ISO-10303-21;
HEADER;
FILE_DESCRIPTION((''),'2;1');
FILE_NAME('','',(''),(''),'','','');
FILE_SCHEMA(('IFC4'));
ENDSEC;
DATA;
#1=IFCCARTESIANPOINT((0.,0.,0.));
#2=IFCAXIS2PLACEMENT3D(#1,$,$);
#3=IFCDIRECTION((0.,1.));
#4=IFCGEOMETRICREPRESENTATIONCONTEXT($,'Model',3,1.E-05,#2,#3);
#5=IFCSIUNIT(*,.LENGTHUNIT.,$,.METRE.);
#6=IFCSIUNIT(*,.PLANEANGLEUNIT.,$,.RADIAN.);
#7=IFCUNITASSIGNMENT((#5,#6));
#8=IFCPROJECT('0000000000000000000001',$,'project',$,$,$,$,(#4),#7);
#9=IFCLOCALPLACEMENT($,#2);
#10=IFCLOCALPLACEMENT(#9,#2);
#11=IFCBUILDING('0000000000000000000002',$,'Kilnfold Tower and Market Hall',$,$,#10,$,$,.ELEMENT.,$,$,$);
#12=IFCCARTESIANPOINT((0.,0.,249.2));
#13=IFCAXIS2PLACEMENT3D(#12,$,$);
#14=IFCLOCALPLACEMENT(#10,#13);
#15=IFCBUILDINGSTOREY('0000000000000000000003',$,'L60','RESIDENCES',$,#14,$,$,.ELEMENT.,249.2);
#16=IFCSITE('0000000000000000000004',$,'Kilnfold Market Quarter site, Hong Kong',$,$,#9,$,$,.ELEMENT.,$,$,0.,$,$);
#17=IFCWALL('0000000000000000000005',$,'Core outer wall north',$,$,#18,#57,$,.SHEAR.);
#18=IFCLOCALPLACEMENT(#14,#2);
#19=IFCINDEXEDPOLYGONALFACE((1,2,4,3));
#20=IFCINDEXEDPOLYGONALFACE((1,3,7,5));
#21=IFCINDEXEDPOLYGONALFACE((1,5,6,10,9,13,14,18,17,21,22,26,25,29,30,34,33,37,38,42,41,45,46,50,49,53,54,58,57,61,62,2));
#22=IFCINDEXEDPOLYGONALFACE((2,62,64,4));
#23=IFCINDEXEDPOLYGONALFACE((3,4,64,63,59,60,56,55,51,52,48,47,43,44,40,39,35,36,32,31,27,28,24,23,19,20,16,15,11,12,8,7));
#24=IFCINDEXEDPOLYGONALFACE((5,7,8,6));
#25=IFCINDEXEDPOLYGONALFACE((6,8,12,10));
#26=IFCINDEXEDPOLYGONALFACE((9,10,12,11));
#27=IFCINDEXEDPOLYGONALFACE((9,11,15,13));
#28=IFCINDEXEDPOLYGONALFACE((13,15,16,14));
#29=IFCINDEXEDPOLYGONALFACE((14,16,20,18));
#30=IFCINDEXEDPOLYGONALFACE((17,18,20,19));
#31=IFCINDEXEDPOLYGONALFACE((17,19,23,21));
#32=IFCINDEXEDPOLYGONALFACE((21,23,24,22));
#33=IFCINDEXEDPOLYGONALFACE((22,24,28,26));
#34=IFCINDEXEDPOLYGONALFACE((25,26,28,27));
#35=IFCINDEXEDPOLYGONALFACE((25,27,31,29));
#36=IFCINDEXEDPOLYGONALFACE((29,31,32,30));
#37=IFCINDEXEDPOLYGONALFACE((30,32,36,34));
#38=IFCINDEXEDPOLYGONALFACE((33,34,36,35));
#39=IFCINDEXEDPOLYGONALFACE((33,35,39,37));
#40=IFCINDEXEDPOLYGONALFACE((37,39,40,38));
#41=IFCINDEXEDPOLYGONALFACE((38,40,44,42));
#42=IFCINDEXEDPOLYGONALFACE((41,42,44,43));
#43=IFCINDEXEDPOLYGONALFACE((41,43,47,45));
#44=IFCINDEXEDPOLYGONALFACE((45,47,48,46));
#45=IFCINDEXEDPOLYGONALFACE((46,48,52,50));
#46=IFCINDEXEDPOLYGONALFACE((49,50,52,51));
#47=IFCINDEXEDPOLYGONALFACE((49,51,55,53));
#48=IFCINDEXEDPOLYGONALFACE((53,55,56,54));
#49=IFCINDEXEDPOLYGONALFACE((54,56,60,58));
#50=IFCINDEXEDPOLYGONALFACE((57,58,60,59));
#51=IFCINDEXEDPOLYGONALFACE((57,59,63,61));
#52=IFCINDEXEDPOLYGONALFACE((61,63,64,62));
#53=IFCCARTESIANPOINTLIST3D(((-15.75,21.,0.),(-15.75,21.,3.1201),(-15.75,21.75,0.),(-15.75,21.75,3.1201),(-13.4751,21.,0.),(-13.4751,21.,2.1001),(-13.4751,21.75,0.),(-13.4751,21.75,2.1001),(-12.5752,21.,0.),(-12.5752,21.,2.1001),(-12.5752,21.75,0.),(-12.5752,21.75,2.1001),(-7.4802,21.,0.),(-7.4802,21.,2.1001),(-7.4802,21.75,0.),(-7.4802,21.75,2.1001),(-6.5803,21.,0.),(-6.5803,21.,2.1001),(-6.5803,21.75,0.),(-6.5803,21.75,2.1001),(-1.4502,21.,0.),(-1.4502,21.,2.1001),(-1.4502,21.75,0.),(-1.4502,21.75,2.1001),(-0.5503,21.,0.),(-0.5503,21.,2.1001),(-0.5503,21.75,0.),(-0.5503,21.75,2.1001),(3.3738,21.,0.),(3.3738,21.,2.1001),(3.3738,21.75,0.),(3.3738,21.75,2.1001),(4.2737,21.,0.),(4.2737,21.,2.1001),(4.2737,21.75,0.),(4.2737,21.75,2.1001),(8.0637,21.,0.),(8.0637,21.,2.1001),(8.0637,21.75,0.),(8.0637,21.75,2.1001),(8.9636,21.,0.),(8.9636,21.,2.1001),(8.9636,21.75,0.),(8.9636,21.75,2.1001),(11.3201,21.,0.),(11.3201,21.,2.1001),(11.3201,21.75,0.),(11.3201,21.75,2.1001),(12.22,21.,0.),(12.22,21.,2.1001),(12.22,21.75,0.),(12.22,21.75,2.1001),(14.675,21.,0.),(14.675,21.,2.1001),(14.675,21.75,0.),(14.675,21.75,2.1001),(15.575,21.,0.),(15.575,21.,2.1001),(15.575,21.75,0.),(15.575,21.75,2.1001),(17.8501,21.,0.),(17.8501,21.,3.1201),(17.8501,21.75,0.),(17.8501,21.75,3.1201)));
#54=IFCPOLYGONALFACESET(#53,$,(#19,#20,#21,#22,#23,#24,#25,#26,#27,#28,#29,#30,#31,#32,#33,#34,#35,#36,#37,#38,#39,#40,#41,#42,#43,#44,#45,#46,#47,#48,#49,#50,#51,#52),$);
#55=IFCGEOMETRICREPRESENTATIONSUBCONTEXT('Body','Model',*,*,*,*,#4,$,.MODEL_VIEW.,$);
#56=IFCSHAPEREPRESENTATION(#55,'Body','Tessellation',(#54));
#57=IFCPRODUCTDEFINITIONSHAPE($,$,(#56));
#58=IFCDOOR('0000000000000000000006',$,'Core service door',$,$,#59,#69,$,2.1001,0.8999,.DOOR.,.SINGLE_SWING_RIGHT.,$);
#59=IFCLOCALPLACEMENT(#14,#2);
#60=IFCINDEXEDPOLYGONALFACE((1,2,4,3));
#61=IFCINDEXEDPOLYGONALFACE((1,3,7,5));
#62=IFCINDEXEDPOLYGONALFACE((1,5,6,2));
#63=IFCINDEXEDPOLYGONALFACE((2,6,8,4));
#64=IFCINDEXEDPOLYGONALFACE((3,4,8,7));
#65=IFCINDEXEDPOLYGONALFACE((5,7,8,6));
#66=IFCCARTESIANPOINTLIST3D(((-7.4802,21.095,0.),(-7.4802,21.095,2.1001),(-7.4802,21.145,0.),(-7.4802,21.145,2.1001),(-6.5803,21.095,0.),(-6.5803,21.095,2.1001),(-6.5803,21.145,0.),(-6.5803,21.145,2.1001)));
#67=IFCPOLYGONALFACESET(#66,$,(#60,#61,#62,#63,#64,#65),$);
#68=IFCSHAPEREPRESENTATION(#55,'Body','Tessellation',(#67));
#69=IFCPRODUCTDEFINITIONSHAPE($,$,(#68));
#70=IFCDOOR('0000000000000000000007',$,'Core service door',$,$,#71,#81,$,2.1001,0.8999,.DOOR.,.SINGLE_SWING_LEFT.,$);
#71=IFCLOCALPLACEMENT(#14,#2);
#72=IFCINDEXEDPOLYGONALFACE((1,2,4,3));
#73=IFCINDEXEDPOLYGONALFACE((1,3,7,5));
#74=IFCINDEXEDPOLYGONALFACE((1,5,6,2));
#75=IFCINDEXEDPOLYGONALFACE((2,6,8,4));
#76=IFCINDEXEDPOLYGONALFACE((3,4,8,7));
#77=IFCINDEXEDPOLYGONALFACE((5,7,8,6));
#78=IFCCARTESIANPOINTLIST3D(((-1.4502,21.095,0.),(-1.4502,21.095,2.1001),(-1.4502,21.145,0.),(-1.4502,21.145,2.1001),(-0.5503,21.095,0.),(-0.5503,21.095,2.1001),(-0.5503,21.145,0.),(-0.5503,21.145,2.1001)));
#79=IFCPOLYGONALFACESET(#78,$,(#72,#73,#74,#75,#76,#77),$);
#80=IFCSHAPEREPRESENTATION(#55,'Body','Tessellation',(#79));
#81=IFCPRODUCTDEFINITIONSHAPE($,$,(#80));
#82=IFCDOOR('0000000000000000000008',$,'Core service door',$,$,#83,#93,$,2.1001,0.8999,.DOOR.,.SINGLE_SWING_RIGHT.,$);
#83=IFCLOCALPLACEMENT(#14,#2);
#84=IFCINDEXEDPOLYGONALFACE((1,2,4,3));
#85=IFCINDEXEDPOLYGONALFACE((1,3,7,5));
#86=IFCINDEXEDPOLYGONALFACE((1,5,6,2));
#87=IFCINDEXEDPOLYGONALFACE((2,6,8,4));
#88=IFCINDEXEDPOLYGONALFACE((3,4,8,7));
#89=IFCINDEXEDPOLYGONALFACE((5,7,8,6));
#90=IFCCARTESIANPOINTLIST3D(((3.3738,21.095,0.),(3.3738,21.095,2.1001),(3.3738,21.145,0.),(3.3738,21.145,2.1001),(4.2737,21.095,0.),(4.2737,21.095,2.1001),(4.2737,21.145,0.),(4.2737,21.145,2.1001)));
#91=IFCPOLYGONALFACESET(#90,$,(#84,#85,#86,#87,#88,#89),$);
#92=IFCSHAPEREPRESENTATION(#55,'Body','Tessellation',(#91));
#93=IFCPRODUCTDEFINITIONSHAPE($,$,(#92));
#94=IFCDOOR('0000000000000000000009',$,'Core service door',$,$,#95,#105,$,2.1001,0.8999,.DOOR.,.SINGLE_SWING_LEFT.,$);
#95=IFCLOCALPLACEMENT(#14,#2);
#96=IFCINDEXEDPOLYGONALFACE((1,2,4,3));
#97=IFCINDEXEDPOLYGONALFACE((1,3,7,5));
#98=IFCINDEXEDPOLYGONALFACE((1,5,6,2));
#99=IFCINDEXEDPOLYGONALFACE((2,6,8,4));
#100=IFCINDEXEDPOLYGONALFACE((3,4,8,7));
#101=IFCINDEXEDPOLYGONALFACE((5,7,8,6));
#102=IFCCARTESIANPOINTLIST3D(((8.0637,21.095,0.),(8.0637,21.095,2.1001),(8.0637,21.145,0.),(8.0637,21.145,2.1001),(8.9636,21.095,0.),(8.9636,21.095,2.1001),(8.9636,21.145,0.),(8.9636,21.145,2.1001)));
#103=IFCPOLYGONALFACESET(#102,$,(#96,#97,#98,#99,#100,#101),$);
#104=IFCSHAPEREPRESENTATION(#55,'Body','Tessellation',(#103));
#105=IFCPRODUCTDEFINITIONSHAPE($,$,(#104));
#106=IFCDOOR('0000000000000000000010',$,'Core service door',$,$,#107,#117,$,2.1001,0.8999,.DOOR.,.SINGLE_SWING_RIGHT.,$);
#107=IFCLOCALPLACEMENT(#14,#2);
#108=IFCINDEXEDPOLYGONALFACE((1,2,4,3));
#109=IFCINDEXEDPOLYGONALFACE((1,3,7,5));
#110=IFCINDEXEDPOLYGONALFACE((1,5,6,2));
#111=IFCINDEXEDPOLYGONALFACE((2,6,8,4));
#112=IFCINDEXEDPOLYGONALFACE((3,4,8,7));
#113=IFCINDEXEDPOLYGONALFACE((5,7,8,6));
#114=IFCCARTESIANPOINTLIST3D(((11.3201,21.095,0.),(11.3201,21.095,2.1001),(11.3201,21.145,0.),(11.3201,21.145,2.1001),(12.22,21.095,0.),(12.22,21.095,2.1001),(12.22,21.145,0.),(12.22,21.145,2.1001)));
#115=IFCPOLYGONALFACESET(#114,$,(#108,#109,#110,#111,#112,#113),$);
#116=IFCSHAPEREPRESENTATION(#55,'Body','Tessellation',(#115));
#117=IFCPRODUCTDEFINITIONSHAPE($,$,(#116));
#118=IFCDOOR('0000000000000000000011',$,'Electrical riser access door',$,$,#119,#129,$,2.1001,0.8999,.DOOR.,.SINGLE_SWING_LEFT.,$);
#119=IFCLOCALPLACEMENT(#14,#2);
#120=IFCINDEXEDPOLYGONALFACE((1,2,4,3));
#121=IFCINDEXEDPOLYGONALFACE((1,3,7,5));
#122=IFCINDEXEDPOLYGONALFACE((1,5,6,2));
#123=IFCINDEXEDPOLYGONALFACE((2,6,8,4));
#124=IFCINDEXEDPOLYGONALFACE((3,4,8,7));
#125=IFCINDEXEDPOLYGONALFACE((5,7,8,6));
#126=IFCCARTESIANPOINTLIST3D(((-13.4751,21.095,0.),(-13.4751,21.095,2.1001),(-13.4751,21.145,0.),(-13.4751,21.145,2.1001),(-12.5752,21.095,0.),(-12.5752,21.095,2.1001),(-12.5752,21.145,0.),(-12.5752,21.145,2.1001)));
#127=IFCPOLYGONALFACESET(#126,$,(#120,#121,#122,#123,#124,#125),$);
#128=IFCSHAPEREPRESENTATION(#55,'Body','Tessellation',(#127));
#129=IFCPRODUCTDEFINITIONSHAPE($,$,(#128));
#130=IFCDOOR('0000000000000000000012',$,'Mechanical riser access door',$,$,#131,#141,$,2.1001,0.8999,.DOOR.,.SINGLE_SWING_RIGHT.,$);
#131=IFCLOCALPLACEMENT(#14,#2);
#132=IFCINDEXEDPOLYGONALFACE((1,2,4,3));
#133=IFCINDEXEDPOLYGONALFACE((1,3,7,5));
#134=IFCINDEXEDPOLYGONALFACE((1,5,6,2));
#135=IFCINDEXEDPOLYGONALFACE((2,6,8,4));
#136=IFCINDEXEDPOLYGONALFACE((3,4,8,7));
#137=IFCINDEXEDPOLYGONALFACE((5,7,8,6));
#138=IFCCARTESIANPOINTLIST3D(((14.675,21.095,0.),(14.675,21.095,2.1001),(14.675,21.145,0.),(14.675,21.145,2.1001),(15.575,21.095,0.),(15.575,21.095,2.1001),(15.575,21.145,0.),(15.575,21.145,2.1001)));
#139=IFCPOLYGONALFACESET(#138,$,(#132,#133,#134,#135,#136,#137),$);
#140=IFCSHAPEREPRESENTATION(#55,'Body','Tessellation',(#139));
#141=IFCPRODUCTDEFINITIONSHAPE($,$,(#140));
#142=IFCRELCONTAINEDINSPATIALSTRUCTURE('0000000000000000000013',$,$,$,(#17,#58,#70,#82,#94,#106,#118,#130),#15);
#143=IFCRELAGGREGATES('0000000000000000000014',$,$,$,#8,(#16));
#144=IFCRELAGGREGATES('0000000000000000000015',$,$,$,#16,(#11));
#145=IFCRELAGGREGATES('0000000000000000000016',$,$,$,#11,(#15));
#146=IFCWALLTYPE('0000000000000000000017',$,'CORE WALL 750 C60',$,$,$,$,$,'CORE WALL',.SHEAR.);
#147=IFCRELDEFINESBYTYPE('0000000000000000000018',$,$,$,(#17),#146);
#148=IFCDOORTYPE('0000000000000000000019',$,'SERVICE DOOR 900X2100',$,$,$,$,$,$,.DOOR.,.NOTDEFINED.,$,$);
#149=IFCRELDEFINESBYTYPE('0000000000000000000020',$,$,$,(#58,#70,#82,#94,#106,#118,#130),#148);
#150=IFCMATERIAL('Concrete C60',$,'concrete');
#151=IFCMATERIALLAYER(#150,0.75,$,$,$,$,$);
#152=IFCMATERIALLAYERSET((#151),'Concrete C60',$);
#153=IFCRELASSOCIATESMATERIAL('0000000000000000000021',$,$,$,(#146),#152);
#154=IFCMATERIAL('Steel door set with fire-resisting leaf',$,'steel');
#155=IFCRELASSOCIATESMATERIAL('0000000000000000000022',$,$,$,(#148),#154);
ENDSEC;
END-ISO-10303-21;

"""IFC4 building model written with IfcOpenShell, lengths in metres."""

from ifc_helpers import new_model, si_unit, direction, frame, frame_2d, origin, place, context, subcontext, project, spatial, rectangle, extrude, source, transform, mapped, material, layer, layer_set, type_object, element, fill, save


model = new_model("IFC4")

# Units and contexts
model_context = context("Model", 3, precision=1e-05, world=origin(), true_north=direction((0.0, 1.0)))
body_context = subcontext(model_context, "Body", "Model", "MODEL_VIEW")
ifc_project = project(units=[si_unit("LENGTHUNIT", "METRE"), si_unit("PLANEANGLEUNIT", "RADIAN")], contexts=[model_context])

# Site, building, storey
site_placement = place(None, origin())
site = spatial("IfcSite", under=ifc_project, at=site_placement, Name="Kilnfold Market Quarter site, Hong Kong", CompositionType="ELEMENT", RefElevation=0.0)
building_placement = place(site_placement, origin())
building = spatial("IfcBuilding", under=site, at=building_placement, Name="Kilnfold Tower and Market Hall", CompositionType="ELEMENT")
storey_placement = place(building_placement, frame((0.0, 0.0, 249.2)))
storey = spatial("IfcBuildingStorey", under=building, at=storey_placement, Name="L60", Description="RESIDENCES", CompositionType="ELEMENT", Elevation=249.2)

# Wall, openings, doors
ifc_material_1 = material(Name="Concrete C60", Category="concrete")
ifc_layer_1 = layer(ifc_material_1, 0.75)
ifc_layer_set_1 = layer_set([ifc_layer_1], Name="Concrete C60")
wall_type_1 = type_object("IfcWallType", Name="CORE WALL 750 C60", ElementType="CORE WALL", PredefinedType="SHEAR", material=ifc_layer_set_1)
shared_shape_1 = source(origin(), body_context, "Body", "SweptSolid", [
    extrude(rectangle(XDim=33.6001, YDim=0.75, at=frame_2d((16.8, 0.0))), origin(), (0.0, 0.0, 1.0), 3.1201),
])
wall_1_placement = place(storey_placement, frame((-15.75, 21.375, 0.0), z_axis=(0.0, 0.0, 1.0), x_axis=(1.0, 0.0, 0.0)))
wall_1 = element("IfcWall", 1, at=wall_1_placement, inside=storey, type_object=wall_type_1, Name="Core outer wall north", PredefinedType="SHEAR", context=body_context, shape_type="MappedRepresentation", body=[
    mapped(shared_shape_1, transform((0.0, 0.0, 0.0))),
])
opening_1_placement = place(wall_1_placement, frame((8.2698, 0.0, 0.0)))
opening_1 = element("IfcOpeningElement", 2, at=opening_1_placement, cuts=wall_1, PredefinedType="OPENING", context=body_context, shape_type="SweptSolid", body=[
    extrude(rectangle(XDim=0.8999, YDim=2.1001, at=frame_2d((0.45, 1.05))), frame((0.0, 0.385, 0.0), z_axis=(0.0, -1.0, 0.0), x_axis=(1.0, 0.0, 0.0)), (0.0, 0.0, 1.0), 0.77),
])
opening_2_placement = place(wall_1_placement, frame((14.2998, 0.0, 0.0)))
opening_2 = element("IfcOpeningElement", 3, at=opening_2_placement, cuts=wall_1, PredefinedType="OPENING", context=body_context, shape_type="SweptSolid", body=[
    extrude(rectangle(XDim=0.8999, YDim=2.1001, at=frame_2d((0.45, 1.05))), frame((0.0, 0.385, 0.0), z_axis=(0.0, -1.0, 0.0), x_axis=(1.0, 0.0, 0.0)), (0.0, 0.0, 1.0), 0.77),
])
opening_3_placement = place(wall_1_placement, frame((19.1238, 0.0, 0.0)))
opening_3 = element("IfcOpeningElement", 4, at=opening_3_placement, cuts=wall_1, PredefinedType="OPENING", context=body_context, shape_type="SweptSolid", body=[
    extrude(rectangle(XDim=0.8999, YDim=2.1001, at=frame_2d((0.45, 1.05))), frame((0.0, 0.385, 0.0), z_axis=(0.0, -1.0, 0.0), x_axis=(1.0, 0.0, 0.0)), (0.0, 0.0, 1.0), 0.77),
])
opening_4_placement = place(wall_1_placement, frame((23.8137, 0.0, 0.0)))
opening_4 = element("IfcOpeningElement", 5, at=opening_4_placement, cuts=wall_1, PredefinedType="OPENING", context=body_context, shape_type="SweptSolid", body=[
    extrude(rectangle(XDim=0.8999, YDim=2.1001, at=frame_2d((0.45, 1.05))), frame((0.0, 0.385, 0.0), z_axis=(0.0, -1.0, 0.0), x_axis=(1.0, 0.0, 0.0)), (0.0, 0.0, 1.0), 0.77),
])
opening_5_placement = place(wall_1_placement, frame((27.0701, 0.0, 0.0)))
opening_5 = element("IfcOpeningElement", 6, at=opening_5_placement, cuts=wall_1, PredefinedType="OPENING", context=body_context, shape_type="SweptSolid", body=[
    extrude(rectangle(XDim=0.8999, YDim=2.1001, at=frame_2d((0.45, 1.05))), frame((0.0, 0.385, 0.0), z_axis=(0.0, -1.0, 0.0), x_axis=(1.0, 0.0, 0.0)), (0.0, 0.0, 1.0), 0.77),
])
opening_6_placement = place(wall_1_placement, frame((2.2749, 0.0, 0.0)))
opening_6 = element("IfcOpeningElement", 7, at=opening_6_placement, cuts=wall_1, PredefinedType="OPENING", context=body_context, shape_type="SweptSolid", body=[
    extrude(rectangle(XDim=0.8999, YDim=2.1001, at=frame_2d((0.45, 1.05))), frame((0.0, 0.385, 0.0), z_axis=(0.0, -1.0, 0.0), x_axis=(1.0, 0.0, 0.0)), (0.0, 0.0, 1.0), 0.77),
])
opening_7_placement = place(wall_1_placement, frame((30.425, 0.0, 0.0)))
opening_7 = element("IfcOpeningElement", 8, at=opening_7_placement, cuts=wall_1, PredefinedType="OPENING", context=body_context, shape_type="SweptSolid", body=[
    extrude(rectangle(XDim=0.8999, YDim=2.1001, at=frame_2d((0.45, 1.05))), frame((0.0, 0.385, 0.0), z_axis=(0.0, -1.0, 0.0), x_axis=(1.0, 0.0, 0.0)), (0.0, 0.0, 1.0), 0.77),
])
ifc_material_2 = material(Name="Steel door set with fire-resisting leaf", Category="steel")
door_type_1 = type_object("IfcDoorType", Name="SERVICE DOOR 900X2100", OperationType="NOTDEFINED", PredefinedType="DOOR", material=ifc_material_2)
door_1_placement = place(opening_1_placement, origin())
door_1 = element("IfcDoor", 9, at=door_1_placement, inside=storey, type_object=door_type_1, Name="Core service door", OperationType="SINGLE_SWING_RIGHT", OverallHeight=2.1001, OverallWidth=0.8999, PredefinedType="DOOR", context=body_context, shape_type="SweptSolid", body=[
    extrude(rectangle(XDim=0.8999, YDim=2.1001, at=frame_2d((0.45, 1.05))), frame((0.0, -0.23, 0.0), z_axis=(0.0, -1.0, 0.0), x_axis=(1.0, 0.0, 0.0)), (0.0, 0.0, 1.0), 0.05),
])
fill(opening_1, door_1)
door_2_placement = place(opening_2_placement, origin())
door_2 = element("IfcDoor", 10, at=door_2_placement, inside=storey, type_object=door_type_1, Name="Core service door", OperationType="SINGLE_SWING_LEFT", OverallHeight=2.1001, OverallWidth=0.8999, PredefinedType="DOOR", context=body_context, shape_type="SweptSolid", body=[
    extrude(rectangle(XDim=0.8999, YDim=2.1001, at=frame_2d((0.45, 1.05))), frame((0.0, -0.23, 0.0), z_axis=(0.0, -1.0, 0.0), x_axis=(1.0, 0.0, 0.0)), (0.0, 0.0, 1.0), 0.05),
])
fill(opening_2, door_2)
door_3_placement = place(opening_3_placement, origin())
door_3 = element("IfcDoor", 11, at=door_3_placement, inside=storey, type_object=door_type_1, Name="Core service door", OperationType="SINGLE_SWING_RIGHT", OverallHeight=2.1001, OverallWidth=0.8999, PredefinedType="DOOR", context=body_context, shape_type="SweptSolid", body=[
    extrude(rectangle(XDim=0.8999, YDim=2.1001, at=frame_2d((0.45, 1.05))), frame((0.0, -0.23, 0.0), z_axis=(0.0, -1.0, 0.0), x_axis=(1.0, 0.0, 0.0)), (0.0, 0.0, 1.0), 0.05),
])
fill(opening_3, door_3)
door_4_placement = place(opening_4_placement, origin())
door_4 = element("IfcDoor", 12, at=door_4_placement, inside=storey, type_object=door_type_1, Name="Core service door", OperationType="SINGLE_SWING_LEFT", OverallHeight=2.1001, OverallWidth=0.8999, PredefinedType="DOOR", context=body_context, shape_type="SweptSolid", body=[
    extrude(rectangle(XDim=0.8999, YDim=2.1001, at=frame_2d((0.45, 1.05))), frame((0.0, -0.23, 0.0), z_axis=(0.0, -1.0, 0.0), x_axis=(1.0, 0.0, 0.0)), (0.0, 0.0, 1.0), 0.05),
])
fill(opening_4, door_4)
door_5_placement = place(opening_5_placement, origin())
door_5 = element("IfcDoor", 13, at=door_5_placement, inside=storey, type_object=door_type_1, Name="Core service door", OperationType="SINGLE_SWING_RIGHT", OverallHeight=2.1001, OverallWidth=0.8999, PredefinedType="DOOR", context=body_context, shape_type="SweptSolid", body=[
    extrude(rectangle(XDim=0.8999, YDim=2.1001, at=frame_2d((0.45, 1.05))), frame((0.0, -0.23, 0.0), z_axis=(0.0, -1.0, 0.0), x_axis=(1.0, 0.0, 0.0)), (0.0, 0.0, 1.0), 0.05),
])
fill(opening_5, door_5)
door_6_placement = place(opening_6_placement, origin())
door_6 = element("IfcDoor", 14, at=door_6_placement, inside=storey, type_object=door_type_1, Name="Electrical riser access door", OperationType="SINGLE_SWING_LEFT", OverallHeight=2.1001, OverallWidth=0.8999, PredefinedType="DOOR", context=body_context, shape_type="SweptSolid", body=[
    extrude(rectangle(XDim=0.8999, YDim=2.1001, at=frame_2d((0.45, 1.05))), frame((0.0, -0.23, 0.0), z_axis=(0.0, -1.0, 0.0), x_axis=(1.0, 0.0, 0.0)), (0.0, 0.0, 1.0), 0.05),
])
fill(opening_6, door_6)
door_7_placement = place(opening_7_placement, origin())
door_7 = element("IfcDoor", 15, at=door_7_placement, inside=storey, type_object=door_type_1, Name="Mechanical riser access door", OperationType="SINGLE_SWING_RIGHT", OverallHeight=2.1001, OverallWidth=0.8999, PredefinedType="DOOR", context=body_context, shape_type="SweptSolid", body=[
    extrude(rectangle(XDim=0.8999, YDim=2.1001, at=frame_2d((0.45, 1.05))), frame((0.0, -0.23, 0.0), z_axis=(0.0, -1.0, 0.0), x_axis=(1.0, 0.0, 0.0)), (0.0, 0.0, 1.0), 0.05),
])
fill(opening_7, door_7)

save(model, "model.ifc")
